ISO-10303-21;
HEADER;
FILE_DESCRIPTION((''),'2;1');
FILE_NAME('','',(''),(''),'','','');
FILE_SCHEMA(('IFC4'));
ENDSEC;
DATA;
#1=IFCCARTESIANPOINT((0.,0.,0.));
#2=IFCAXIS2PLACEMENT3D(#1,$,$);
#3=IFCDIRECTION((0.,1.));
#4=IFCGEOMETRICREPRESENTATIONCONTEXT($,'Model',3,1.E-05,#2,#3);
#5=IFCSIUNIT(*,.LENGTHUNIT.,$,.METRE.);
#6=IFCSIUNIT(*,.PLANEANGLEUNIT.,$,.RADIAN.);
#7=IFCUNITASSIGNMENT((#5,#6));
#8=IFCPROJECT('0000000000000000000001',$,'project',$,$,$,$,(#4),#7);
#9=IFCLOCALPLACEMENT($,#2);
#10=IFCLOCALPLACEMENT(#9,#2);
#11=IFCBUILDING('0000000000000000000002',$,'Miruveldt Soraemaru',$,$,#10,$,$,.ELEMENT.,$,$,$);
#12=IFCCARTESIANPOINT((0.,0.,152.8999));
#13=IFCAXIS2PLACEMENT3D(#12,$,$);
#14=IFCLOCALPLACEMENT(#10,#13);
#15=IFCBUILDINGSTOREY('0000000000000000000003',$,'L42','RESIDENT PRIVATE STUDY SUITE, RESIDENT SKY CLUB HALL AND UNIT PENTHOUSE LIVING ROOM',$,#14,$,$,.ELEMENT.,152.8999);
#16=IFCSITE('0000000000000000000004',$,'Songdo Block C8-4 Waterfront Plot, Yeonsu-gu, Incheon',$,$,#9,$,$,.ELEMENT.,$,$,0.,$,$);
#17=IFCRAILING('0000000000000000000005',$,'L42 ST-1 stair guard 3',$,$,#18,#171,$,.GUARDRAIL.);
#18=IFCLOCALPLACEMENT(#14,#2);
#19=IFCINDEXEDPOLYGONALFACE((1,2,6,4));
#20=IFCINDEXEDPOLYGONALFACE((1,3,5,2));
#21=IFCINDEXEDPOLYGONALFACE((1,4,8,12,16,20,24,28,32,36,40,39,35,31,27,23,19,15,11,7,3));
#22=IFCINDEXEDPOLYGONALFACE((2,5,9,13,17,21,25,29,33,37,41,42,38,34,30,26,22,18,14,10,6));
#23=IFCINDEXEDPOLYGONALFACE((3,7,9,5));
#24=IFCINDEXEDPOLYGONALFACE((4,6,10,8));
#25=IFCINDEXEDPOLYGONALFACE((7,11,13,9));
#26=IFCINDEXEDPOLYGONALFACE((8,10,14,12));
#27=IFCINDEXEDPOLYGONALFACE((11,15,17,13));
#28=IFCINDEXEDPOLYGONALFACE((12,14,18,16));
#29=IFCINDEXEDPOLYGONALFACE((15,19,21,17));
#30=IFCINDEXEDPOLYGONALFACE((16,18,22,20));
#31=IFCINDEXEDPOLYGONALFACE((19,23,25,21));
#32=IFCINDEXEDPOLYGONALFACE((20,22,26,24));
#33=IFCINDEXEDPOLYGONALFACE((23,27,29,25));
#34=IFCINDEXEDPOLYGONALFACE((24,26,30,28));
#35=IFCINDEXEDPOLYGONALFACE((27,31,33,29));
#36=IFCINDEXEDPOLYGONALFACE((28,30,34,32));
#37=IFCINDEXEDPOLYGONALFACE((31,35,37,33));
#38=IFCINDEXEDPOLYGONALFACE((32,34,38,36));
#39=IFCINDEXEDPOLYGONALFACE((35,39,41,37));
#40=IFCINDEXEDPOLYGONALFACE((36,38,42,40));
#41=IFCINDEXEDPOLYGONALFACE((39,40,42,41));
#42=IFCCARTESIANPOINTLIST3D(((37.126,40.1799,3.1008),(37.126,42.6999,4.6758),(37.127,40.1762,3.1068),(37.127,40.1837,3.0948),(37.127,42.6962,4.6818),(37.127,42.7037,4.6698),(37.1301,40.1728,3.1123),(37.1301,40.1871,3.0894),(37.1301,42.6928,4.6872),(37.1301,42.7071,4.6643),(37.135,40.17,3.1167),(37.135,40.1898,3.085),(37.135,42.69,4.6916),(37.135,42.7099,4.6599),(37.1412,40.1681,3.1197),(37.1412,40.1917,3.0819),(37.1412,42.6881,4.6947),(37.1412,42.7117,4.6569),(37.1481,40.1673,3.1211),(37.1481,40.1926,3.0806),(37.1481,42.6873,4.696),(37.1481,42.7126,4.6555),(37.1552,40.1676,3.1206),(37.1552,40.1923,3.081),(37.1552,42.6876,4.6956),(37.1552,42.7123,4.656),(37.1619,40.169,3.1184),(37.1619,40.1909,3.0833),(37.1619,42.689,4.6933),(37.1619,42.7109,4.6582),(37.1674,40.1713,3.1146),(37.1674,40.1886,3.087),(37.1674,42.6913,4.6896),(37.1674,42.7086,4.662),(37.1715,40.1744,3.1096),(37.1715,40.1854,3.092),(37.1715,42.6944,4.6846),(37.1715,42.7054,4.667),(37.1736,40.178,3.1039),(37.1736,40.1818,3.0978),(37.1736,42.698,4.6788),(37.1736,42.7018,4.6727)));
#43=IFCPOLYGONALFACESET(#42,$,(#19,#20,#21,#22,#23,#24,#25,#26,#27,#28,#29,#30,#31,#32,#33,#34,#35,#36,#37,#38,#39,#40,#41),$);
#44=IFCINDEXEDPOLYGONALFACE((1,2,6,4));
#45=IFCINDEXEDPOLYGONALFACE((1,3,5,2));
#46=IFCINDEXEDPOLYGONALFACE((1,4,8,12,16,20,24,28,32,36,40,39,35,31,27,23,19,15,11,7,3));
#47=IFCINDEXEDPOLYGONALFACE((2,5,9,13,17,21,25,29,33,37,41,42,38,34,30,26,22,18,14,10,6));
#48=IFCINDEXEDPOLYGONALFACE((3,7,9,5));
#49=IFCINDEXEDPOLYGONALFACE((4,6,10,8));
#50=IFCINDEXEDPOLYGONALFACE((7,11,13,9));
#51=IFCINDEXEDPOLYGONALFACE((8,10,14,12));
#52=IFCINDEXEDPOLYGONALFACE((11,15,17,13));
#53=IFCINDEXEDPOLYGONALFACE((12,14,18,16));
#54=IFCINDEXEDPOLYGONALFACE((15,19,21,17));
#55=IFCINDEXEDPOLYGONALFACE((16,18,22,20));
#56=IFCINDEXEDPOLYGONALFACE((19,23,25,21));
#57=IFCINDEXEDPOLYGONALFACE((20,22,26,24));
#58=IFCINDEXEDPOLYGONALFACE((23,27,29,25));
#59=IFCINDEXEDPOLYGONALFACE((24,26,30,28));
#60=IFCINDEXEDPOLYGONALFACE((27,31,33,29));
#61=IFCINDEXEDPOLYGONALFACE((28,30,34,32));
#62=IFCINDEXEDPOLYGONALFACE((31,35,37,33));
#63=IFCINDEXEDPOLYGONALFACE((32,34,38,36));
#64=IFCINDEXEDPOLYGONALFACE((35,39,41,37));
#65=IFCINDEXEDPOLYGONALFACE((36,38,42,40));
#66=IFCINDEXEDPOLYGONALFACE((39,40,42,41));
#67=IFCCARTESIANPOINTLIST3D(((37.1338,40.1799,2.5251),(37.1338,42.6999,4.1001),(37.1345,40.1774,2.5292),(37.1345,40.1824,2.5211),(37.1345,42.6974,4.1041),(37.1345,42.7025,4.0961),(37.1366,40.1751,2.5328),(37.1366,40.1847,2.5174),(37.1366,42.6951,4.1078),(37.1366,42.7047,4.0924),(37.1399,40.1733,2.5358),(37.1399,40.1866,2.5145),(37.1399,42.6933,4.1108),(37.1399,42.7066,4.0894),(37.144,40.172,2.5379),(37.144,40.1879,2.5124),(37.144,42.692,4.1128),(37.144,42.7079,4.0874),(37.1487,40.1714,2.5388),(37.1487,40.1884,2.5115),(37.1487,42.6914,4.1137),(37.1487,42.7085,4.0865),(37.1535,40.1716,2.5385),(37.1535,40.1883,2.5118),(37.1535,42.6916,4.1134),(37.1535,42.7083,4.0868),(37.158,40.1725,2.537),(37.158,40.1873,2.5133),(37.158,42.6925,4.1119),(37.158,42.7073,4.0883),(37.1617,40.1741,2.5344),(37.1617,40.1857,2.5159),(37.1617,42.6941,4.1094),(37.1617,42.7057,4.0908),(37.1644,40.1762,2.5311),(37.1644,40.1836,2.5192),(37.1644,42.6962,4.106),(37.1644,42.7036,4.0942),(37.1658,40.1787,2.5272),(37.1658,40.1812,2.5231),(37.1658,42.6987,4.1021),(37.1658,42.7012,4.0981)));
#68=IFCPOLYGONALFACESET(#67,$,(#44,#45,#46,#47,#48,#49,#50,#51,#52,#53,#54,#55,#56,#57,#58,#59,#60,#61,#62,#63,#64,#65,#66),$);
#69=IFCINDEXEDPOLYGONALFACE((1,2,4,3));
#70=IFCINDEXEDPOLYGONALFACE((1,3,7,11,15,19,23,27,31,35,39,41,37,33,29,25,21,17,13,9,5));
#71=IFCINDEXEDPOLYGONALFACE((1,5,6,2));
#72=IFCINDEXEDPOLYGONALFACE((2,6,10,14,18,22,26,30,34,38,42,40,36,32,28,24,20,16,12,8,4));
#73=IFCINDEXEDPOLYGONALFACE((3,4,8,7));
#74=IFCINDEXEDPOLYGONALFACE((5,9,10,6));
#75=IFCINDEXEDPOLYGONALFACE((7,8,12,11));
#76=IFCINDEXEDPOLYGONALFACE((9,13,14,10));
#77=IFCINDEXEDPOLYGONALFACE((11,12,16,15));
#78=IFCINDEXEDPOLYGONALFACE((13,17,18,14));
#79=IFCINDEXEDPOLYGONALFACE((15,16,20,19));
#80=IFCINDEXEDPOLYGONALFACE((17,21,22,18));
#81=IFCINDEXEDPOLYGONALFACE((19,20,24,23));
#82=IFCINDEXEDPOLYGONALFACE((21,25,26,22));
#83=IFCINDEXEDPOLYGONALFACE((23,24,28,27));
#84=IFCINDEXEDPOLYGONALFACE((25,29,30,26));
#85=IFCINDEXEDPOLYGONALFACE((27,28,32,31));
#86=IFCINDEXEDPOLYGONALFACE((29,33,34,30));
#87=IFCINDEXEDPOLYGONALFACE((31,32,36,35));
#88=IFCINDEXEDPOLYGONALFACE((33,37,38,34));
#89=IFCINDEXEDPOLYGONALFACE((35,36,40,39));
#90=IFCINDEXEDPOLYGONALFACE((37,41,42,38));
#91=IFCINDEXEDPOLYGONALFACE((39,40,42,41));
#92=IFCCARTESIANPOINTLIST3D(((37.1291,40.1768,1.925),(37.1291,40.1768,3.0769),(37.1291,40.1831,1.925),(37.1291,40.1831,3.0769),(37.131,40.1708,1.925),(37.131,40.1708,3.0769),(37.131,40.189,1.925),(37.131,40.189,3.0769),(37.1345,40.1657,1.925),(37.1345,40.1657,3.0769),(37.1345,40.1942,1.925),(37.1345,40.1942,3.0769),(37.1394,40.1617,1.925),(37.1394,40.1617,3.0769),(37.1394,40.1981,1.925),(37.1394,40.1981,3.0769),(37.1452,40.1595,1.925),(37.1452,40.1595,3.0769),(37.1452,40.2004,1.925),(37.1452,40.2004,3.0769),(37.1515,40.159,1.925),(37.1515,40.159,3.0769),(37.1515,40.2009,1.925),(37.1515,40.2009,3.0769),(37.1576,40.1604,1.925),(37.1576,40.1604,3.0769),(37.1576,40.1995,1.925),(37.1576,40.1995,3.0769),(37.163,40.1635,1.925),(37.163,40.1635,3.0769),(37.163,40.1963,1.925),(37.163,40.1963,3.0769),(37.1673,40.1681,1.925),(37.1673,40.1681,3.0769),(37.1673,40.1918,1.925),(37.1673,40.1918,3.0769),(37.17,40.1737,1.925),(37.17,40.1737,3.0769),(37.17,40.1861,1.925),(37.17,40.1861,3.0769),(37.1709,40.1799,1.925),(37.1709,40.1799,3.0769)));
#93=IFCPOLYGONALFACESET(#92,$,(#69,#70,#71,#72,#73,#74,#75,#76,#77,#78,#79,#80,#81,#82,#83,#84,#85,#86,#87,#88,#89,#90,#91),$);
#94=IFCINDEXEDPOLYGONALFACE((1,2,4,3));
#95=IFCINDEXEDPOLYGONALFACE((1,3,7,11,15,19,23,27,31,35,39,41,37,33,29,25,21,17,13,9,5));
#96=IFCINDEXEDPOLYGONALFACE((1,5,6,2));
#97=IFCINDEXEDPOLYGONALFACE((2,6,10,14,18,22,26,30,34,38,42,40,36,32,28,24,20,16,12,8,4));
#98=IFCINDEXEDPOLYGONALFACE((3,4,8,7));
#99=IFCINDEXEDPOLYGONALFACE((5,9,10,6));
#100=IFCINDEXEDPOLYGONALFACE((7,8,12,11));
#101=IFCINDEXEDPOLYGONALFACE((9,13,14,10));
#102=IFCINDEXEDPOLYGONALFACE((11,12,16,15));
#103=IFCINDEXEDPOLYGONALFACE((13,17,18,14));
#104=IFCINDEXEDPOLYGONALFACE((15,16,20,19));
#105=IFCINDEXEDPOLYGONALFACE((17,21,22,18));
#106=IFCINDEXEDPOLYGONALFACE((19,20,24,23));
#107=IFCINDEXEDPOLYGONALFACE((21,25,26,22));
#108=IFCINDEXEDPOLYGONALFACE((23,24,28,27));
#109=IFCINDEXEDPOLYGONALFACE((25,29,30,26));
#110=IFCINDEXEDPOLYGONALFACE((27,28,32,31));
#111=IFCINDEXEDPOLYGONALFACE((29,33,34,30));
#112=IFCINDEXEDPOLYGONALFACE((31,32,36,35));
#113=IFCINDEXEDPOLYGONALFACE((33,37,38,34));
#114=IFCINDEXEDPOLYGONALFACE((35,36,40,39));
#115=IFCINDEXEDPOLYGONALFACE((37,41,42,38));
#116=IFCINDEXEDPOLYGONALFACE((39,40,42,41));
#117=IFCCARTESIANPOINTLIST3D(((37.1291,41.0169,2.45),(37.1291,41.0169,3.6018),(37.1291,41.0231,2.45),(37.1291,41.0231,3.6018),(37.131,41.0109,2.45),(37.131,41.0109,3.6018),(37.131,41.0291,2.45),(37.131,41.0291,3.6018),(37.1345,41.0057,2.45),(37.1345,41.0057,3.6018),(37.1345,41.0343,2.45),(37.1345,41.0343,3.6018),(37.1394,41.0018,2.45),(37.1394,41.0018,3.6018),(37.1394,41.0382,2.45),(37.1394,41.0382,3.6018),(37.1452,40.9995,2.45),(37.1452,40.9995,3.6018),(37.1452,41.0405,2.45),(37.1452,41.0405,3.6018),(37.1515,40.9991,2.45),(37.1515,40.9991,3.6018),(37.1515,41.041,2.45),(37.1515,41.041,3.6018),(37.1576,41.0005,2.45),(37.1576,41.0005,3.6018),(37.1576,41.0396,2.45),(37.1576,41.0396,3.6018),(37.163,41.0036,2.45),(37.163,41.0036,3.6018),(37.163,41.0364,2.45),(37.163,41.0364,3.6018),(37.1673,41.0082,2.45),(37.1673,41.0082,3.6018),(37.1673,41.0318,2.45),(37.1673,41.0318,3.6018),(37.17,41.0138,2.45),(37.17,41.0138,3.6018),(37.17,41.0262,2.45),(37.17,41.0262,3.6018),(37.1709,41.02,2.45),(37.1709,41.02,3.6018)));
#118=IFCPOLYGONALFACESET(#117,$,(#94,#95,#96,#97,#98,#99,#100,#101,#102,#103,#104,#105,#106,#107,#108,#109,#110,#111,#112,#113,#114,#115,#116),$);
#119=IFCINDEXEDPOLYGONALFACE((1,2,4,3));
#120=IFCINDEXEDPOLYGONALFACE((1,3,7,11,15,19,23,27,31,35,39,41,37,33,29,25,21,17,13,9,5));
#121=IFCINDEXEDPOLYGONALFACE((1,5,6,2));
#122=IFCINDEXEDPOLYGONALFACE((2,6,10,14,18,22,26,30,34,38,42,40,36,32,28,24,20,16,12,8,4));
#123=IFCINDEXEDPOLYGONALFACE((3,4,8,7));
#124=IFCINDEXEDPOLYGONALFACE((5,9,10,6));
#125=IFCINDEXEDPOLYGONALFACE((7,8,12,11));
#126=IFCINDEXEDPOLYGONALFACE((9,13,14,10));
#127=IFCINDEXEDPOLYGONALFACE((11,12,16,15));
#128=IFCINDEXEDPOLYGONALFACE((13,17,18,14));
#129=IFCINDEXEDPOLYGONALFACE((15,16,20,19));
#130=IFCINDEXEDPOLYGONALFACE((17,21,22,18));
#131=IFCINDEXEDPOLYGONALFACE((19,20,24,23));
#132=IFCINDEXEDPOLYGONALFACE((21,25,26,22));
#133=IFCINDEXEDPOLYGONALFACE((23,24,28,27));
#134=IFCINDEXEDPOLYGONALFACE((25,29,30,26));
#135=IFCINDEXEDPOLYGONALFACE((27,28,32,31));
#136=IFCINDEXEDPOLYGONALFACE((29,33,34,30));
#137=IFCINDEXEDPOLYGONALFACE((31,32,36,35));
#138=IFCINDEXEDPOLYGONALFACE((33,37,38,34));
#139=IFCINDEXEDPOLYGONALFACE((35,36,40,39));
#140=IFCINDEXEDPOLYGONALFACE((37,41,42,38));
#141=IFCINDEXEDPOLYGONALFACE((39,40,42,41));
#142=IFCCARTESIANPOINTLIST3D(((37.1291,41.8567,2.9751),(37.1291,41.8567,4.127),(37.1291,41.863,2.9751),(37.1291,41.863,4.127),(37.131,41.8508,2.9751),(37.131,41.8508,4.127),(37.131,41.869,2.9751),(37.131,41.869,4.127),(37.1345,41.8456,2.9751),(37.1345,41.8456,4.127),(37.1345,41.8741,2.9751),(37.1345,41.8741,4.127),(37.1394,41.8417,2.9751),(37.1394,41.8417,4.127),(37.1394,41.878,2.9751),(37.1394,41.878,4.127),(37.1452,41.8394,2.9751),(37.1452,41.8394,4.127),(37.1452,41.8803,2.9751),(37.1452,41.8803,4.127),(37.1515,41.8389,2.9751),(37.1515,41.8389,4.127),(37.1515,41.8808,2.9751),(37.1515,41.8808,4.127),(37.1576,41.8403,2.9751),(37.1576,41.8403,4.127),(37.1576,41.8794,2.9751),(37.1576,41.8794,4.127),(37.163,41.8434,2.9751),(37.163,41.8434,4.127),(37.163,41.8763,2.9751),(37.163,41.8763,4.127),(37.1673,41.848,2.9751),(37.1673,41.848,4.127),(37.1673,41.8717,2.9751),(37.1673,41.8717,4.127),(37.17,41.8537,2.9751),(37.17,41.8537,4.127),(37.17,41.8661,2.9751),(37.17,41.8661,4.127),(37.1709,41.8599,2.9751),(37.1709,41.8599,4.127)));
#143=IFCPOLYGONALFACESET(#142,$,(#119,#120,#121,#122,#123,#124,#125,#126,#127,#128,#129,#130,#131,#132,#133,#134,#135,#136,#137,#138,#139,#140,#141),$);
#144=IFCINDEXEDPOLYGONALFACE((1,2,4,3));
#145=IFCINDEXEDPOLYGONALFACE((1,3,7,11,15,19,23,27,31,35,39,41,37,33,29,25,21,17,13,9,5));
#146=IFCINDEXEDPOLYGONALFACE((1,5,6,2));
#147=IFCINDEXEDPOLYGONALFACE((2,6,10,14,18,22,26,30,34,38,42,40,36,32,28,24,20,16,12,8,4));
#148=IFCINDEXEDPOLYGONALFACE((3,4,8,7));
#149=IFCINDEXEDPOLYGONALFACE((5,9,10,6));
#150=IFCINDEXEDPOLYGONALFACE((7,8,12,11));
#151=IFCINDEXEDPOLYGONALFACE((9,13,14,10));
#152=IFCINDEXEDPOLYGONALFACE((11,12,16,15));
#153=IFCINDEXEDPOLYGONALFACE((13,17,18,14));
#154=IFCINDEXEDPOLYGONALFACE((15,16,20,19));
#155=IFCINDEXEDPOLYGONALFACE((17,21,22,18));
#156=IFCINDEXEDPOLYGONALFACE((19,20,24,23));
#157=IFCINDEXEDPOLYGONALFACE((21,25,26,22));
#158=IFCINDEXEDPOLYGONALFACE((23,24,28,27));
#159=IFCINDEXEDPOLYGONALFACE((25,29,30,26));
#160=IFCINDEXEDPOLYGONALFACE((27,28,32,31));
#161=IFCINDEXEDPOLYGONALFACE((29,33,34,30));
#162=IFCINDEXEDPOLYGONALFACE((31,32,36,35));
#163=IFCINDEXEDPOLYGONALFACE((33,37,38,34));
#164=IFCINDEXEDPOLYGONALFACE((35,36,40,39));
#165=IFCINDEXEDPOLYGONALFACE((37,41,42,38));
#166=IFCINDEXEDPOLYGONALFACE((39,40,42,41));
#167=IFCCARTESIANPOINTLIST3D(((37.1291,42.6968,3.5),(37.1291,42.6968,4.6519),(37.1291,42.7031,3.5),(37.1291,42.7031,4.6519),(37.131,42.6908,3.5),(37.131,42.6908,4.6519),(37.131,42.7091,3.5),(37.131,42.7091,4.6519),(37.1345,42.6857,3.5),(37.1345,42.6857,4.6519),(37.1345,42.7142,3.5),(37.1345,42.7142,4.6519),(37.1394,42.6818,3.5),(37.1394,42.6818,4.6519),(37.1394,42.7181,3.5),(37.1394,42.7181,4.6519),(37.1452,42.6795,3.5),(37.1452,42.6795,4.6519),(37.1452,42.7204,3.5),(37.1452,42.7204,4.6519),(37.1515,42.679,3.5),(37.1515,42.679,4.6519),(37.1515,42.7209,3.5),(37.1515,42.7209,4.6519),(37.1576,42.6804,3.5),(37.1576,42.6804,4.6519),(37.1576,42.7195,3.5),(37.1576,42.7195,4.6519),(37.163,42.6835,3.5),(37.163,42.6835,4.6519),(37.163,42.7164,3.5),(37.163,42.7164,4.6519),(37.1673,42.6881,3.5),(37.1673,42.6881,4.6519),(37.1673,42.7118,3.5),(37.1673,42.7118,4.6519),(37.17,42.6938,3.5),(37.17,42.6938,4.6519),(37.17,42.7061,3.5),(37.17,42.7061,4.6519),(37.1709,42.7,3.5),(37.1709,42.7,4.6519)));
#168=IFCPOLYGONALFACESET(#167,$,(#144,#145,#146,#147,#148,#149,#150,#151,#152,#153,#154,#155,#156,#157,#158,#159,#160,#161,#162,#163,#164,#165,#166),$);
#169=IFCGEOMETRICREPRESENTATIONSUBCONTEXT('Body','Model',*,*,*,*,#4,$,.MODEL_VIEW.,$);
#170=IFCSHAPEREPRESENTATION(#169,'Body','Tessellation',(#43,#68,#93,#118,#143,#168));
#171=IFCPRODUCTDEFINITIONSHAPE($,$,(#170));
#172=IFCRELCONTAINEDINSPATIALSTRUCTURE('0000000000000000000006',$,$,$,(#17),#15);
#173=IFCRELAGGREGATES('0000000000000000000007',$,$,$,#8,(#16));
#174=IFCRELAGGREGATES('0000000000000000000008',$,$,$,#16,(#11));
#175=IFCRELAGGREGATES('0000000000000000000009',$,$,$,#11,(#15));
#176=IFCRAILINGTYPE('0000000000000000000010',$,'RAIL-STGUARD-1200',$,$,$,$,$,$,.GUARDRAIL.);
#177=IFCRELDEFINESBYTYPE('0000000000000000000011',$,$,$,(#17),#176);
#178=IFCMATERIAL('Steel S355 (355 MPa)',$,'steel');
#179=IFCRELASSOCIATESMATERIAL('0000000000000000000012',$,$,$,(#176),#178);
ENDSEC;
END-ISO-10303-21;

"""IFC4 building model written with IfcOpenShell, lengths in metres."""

from ifc_helpers import new_model, si_unit, direction, frame, origin, origin_2d, place, context, subcontext, project, spatial, circle, extrude, material, type_object, element, save


model = new_model("IFC4")

# Units and contexts
model_context = context("Model", 3, precision=1e-05, world=origin(), true_north=direction((0.0, 1.0)))
body_context = subcontext(model_context, "Body", "Model", "MODEL_VIEW")
ifc_project = project(units=[si_unit("LENGTHUNIT", "METRE"), si_unit("PLANEANGLEUNIT", "RADIAN")], contexts=[model_context])

# Site, building, storey
site_placement = place(None, origin())
site = spatial("IfcSite", under=ifc_project, at=site_placement, Name="Songdo Block C8-4 Waterfront Plot, Yeonsu-gu, Incheon", CompositionType="ELEMENT", RefElevation=0.0)
building_placement = place(site_placement, origin())
building = spatial("IfcBuilding", under=site, at=building_placement, Name="Miruveldt Soraemaru", CompositionType="ELEMENT")
storey_placement = place(building_placement, frame((0.0, 0.0, 152.8999)))
storey = spatial("IfcBuildingStorey", under=building, at=storey_placement, Name="L42", Description="RESIDENT PRIVATE STUDY SUITE, RESIDENT SKY CLUB HALL AND UNIT PENTHOUSE LIVING ROOM", CompositionType="ELEMENT", Elevation=152.8999)

# Railing
ifc_material_1 = material(Name="Steel S355 (355 MPa)", Category="steel")
railing_type_1 = type_object("IfcRailingType", Name="RAIL-STGUARD-1200", PredefinedType="GUARDRAIL", material=ifc_material_1)
railing_1_placement = place(storey_placement, frame((37.1499, 40.1799, 1.925)))
element("IfcRailing", 1, at=railing_1_placement, inside=storey, type_object=railing_type_1, Name="L42 ST-1 stair guard 3", PredefinedType="GUARDRAIL", context=body_context, shape_type="SweptSolid", body=[
    extrude(circle(Radius=0.0239, at=origin_2d()), frame((0.0, 0.0, 1.1758), z_axis=(0.0, 0.848008, 0.529984), x_axis=(-1.0, 0.0, 0.0)), (0.0, 0.0, 1.0), 2.9717),
    extrude(circle(Radius=0.0161, at=origin_2d()), frame((0.0, 0.0, 0.6001), z_axis=(0.0, 0.848008, 0.529984), x_axis=(-1.0, 0.0, 0.0)), (0.0, 0.0, 1.0), 2.9717),
    extrude(circle(Radius=0.021, at=origin_2d()), origin(), (0.0, 0.0, 1.0), 1.1519),
    extrude(circle(Radius=0.021, at=origin_2d()), frame((0.0, 0.8401, 0.5249)), (0.0, 0.0, 1.0), 1.1519),
    extrude(circle(Radius=0.021, at=origin_2d()), frame((0.0, 1.6799, 1.05)), (0.0, 0.0, 1.0), 1.1519),
    extrude(circle(Radius=0.021, at=origin_2d()), frame((0.0, 2.52, 1.575)), (0.0, 0.0, 1.0), 1.1519),
])

save(model, "model.ifc")
